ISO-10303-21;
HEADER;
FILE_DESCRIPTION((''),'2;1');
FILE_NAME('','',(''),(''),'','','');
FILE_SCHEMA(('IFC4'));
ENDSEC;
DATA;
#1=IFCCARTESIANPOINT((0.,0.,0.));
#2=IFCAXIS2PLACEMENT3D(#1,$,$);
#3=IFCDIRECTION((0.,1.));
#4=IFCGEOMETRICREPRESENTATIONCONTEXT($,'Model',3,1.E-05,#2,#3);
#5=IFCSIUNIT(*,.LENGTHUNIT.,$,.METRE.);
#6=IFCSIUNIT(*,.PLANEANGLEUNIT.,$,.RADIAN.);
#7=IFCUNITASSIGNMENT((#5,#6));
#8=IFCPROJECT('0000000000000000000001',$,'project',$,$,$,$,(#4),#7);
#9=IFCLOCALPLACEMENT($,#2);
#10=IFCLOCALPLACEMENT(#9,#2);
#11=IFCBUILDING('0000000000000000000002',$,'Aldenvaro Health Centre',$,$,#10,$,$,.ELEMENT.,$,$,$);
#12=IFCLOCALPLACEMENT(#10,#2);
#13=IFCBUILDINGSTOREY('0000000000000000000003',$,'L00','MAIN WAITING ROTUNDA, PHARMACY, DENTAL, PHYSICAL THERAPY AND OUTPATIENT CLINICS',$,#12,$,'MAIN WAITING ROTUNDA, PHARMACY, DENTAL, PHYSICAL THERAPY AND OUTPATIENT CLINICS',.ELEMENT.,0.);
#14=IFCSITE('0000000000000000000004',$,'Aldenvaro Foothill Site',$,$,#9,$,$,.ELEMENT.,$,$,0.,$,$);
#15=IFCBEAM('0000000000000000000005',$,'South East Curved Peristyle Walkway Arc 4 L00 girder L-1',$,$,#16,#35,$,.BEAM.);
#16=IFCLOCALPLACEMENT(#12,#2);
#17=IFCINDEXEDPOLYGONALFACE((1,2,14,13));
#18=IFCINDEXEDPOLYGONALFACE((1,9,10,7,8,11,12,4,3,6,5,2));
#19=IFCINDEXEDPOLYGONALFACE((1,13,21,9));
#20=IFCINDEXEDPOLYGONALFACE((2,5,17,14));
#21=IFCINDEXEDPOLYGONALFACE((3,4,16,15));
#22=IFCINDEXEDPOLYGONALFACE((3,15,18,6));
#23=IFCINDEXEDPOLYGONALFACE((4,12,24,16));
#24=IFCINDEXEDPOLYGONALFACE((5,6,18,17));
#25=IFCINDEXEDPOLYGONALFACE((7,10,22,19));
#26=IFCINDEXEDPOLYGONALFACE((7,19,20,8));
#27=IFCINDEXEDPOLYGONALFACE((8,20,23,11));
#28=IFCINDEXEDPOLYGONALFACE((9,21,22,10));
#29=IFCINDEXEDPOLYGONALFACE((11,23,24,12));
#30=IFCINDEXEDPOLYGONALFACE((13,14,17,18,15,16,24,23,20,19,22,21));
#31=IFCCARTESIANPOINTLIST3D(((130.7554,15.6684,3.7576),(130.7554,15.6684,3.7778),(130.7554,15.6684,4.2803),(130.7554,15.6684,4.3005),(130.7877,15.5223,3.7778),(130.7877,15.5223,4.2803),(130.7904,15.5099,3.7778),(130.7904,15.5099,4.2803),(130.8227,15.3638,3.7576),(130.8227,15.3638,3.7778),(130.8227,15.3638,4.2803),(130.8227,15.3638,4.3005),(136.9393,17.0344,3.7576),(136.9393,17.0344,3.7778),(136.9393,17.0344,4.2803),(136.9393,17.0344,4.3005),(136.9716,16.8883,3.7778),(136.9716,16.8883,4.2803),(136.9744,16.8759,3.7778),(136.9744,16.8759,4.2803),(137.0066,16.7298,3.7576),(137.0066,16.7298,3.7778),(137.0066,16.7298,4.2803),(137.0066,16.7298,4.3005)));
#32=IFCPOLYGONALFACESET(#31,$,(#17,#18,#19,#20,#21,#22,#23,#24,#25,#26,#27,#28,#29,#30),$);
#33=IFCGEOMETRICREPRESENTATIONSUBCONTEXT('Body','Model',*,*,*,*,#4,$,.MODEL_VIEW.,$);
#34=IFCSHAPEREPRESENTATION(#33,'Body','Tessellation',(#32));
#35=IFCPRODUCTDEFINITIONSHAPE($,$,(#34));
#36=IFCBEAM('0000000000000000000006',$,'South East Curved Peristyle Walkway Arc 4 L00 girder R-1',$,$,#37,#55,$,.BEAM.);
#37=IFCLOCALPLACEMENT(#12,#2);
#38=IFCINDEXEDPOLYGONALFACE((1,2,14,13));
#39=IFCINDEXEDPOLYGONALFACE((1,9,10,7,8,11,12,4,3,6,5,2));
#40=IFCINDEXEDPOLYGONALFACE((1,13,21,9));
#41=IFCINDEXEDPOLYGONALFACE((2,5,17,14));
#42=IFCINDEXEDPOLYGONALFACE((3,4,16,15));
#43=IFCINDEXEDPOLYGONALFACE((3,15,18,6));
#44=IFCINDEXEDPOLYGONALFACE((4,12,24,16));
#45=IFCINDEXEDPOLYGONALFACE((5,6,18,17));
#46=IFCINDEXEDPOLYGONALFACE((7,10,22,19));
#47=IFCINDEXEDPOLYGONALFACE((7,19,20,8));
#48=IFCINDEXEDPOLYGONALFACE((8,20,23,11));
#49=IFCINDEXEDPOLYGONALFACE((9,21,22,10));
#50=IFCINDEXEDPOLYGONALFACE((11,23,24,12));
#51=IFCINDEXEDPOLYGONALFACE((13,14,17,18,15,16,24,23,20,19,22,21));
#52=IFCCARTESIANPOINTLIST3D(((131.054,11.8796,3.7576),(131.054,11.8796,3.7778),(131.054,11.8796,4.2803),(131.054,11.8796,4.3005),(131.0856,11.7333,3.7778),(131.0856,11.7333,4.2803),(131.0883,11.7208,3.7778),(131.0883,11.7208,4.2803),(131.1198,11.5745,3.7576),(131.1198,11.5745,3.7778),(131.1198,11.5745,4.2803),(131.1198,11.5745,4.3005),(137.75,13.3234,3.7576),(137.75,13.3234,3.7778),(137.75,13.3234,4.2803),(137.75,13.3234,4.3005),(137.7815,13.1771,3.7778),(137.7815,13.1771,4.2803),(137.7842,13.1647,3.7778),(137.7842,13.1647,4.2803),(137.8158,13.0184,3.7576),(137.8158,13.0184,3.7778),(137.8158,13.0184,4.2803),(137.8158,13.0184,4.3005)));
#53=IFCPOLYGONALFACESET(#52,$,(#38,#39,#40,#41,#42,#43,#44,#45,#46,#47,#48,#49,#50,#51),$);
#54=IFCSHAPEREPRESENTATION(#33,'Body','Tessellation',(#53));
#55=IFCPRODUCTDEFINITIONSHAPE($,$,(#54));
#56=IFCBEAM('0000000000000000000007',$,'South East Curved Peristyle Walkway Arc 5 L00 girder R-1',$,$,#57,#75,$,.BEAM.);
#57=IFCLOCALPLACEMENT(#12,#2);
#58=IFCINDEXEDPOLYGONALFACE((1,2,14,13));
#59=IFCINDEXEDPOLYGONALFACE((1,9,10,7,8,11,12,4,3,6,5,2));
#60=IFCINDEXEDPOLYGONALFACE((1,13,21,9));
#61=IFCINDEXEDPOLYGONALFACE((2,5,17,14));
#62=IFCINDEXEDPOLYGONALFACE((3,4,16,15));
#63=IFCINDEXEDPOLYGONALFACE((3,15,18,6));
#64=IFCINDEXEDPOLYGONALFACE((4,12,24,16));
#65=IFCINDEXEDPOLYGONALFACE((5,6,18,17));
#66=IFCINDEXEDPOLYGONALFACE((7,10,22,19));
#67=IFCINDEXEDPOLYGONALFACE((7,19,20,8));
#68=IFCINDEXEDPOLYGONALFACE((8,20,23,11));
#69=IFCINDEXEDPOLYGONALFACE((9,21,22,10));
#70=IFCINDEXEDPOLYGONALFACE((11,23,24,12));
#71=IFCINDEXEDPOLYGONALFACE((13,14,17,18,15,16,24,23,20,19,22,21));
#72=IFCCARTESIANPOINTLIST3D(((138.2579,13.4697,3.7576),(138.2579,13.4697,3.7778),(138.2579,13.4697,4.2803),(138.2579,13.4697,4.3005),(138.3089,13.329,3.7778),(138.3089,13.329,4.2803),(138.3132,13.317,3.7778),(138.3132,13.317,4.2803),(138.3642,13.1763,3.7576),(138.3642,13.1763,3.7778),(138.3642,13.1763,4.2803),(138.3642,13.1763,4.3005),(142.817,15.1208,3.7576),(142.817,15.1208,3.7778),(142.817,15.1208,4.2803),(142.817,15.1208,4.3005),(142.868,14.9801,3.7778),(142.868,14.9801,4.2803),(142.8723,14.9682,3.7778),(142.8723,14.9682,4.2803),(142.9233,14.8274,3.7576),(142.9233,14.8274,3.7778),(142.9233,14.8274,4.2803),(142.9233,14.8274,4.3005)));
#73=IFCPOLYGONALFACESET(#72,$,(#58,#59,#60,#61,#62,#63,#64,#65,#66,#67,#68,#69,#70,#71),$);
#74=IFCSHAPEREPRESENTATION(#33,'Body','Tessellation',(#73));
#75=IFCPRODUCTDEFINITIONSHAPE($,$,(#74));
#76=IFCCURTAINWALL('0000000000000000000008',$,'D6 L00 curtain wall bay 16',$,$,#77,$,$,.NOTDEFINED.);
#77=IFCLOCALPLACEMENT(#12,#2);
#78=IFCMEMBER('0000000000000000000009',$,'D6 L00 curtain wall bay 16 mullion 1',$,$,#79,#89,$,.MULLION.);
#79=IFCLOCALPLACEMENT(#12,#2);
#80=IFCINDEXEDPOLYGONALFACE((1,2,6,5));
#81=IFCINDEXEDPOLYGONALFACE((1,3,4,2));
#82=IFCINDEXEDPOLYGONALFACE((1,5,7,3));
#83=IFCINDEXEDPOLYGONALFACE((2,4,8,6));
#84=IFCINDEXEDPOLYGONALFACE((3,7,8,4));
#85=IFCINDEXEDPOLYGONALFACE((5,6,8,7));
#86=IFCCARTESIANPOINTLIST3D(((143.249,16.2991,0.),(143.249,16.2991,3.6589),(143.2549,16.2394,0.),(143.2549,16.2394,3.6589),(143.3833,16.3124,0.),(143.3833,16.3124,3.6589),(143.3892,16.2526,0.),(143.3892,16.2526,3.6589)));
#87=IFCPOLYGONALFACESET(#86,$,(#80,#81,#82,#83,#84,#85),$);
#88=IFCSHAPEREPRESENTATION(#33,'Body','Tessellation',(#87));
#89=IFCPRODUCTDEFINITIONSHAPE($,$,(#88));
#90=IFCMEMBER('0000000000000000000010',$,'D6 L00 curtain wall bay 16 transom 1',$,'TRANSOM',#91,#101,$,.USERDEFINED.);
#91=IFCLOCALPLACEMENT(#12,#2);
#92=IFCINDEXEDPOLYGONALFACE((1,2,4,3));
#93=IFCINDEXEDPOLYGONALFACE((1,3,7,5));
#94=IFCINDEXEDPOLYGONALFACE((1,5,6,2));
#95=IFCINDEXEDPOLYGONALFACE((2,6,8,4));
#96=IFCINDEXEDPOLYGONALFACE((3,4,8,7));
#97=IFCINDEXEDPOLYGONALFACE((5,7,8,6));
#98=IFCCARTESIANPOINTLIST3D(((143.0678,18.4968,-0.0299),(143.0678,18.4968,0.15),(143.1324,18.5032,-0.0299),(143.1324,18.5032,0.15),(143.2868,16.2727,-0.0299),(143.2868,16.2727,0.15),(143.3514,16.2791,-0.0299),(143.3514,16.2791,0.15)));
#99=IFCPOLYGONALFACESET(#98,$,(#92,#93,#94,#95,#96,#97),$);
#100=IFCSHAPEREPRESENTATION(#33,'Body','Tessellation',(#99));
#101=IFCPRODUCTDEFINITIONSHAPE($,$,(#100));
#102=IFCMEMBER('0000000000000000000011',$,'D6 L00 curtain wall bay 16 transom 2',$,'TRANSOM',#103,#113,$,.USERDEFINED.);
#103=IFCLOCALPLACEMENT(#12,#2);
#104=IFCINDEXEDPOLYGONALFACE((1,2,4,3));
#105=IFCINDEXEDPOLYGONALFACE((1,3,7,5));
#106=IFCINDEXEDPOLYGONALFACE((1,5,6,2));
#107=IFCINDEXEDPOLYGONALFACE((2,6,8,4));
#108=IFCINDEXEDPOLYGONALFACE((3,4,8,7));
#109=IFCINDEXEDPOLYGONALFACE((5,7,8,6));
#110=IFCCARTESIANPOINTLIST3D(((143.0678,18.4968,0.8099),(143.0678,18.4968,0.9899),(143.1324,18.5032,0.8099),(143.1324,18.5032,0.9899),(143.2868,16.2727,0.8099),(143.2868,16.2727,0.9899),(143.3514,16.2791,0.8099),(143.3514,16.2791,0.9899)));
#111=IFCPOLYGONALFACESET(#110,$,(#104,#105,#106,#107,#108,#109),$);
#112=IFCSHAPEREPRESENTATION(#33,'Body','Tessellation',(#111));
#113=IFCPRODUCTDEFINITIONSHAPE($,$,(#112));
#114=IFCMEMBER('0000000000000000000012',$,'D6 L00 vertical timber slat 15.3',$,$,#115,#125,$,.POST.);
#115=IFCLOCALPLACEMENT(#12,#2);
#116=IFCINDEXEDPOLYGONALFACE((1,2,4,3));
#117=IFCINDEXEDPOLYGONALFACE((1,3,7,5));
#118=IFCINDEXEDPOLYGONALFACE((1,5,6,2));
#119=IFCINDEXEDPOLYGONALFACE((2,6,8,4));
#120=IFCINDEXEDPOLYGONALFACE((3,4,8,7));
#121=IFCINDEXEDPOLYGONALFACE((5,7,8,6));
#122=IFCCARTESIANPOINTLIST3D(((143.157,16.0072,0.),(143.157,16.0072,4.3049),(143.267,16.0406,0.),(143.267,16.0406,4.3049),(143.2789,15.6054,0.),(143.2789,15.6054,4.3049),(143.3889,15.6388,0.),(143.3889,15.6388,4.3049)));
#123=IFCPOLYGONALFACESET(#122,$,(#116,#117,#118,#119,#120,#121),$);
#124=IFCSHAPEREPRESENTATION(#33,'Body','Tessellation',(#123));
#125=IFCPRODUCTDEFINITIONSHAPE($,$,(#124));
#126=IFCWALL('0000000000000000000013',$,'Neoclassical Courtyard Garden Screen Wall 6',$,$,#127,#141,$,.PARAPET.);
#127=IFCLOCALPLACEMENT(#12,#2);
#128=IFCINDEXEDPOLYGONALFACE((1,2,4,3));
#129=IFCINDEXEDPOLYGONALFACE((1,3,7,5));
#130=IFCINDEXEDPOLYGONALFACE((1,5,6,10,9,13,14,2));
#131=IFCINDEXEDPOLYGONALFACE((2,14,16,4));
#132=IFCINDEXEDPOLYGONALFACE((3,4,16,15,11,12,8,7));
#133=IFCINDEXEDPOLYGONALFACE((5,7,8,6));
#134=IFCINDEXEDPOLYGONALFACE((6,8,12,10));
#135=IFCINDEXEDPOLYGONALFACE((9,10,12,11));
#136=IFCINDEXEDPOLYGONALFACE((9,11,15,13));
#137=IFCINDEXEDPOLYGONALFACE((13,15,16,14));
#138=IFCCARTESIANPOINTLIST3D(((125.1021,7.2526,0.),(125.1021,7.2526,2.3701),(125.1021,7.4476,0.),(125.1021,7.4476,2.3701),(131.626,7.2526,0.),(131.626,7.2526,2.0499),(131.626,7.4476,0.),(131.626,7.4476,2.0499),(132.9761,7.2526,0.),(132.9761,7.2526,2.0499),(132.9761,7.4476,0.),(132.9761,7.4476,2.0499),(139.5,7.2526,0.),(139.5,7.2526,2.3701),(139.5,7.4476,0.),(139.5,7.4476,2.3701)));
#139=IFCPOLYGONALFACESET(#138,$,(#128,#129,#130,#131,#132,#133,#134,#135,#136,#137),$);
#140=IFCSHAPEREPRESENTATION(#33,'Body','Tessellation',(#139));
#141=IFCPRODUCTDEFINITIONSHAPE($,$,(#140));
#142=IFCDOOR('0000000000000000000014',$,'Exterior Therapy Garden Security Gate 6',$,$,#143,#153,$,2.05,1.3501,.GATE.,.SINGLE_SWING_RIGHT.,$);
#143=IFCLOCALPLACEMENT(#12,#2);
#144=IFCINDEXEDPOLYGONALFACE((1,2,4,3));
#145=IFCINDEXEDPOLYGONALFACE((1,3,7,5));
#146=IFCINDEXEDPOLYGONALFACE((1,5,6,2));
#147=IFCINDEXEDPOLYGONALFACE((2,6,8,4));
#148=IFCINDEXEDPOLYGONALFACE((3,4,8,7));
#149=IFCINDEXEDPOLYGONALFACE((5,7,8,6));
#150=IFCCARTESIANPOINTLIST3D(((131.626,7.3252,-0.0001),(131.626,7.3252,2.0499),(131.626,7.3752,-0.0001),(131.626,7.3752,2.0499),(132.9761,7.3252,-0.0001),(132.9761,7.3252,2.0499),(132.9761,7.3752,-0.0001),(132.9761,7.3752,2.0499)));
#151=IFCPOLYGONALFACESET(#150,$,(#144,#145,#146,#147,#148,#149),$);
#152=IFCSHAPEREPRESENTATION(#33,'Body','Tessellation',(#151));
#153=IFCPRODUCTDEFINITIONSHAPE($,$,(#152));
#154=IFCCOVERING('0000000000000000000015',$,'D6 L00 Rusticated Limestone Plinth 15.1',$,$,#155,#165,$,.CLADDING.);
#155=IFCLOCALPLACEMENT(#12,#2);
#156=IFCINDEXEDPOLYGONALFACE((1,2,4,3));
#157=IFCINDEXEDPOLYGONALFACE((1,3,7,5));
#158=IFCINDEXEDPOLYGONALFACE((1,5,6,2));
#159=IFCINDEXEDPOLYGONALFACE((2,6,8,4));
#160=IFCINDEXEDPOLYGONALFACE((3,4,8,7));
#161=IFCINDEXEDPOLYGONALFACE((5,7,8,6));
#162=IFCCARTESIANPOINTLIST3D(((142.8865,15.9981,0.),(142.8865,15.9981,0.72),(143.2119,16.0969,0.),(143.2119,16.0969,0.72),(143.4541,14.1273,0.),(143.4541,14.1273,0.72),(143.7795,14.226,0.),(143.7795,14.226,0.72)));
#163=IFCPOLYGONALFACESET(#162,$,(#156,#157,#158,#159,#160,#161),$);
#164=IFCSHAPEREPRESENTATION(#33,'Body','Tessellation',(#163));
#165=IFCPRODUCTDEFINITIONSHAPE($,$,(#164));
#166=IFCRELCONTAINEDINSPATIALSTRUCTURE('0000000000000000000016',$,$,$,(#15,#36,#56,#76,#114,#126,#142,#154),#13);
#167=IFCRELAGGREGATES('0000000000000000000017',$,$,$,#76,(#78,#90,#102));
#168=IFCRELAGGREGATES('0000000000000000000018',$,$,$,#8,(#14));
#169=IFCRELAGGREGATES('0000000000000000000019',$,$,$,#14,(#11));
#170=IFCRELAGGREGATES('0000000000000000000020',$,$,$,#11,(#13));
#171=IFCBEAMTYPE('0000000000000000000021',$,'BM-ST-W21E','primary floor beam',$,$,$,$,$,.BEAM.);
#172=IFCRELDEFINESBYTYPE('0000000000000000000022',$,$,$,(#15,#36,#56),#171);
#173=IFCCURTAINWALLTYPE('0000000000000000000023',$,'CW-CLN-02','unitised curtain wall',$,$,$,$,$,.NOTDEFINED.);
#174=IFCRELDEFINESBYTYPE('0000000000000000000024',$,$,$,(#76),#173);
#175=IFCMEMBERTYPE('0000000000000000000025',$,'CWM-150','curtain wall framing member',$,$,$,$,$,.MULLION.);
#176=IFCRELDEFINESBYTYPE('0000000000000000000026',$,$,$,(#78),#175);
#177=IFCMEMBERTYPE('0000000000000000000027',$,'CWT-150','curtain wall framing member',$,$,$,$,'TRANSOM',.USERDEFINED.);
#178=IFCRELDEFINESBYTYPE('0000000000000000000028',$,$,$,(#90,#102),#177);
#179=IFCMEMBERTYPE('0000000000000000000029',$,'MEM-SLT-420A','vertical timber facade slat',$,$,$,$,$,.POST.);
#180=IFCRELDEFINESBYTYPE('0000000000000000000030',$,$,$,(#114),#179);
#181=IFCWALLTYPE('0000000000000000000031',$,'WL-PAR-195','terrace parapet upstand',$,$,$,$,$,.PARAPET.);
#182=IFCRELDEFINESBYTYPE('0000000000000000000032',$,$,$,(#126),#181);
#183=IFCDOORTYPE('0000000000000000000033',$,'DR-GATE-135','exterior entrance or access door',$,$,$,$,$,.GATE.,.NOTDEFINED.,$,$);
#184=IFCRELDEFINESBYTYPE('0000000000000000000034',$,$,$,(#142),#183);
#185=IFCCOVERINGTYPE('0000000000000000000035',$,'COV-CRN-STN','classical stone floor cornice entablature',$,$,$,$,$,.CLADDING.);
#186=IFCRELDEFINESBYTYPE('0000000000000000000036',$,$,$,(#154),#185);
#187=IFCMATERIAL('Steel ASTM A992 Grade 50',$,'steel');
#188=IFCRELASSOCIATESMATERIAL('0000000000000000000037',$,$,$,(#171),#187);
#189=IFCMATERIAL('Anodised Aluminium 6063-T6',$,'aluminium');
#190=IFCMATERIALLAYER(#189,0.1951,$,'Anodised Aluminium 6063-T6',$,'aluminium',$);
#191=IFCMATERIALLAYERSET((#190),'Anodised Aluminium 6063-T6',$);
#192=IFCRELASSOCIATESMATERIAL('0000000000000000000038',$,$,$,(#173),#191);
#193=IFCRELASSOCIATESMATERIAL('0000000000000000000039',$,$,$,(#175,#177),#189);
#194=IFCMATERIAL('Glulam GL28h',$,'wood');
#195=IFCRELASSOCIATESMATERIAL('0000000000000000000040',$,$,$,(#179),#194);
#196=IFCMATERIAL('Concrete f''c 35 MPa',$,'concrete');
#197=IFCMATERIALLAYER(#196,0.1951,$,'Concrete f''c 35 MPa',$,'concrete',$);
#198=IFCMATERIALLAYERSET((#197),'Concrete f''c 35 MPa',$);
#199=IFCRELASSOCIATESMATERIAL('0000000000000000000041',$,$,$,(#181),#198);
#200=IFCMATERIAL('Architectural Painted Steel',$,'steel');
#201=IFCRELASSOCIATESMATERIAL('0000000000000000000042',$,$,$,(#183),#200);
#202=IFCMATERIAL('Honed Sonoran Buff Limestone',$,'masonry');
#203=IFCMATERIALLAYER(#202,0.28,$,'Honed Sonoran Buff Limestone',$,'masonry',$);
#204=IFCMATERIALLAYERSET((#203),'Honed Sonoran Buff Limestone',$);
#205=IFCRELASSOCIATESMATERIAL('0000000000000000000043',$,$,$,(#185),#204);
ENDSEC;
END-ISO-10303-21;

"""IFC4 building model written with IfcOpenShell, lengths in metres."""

from ifc_helpers import new_model, si_unit, direction, frame, frame_2d, origin, origin_2d, place, context, subcontext, project, spatial, rectangle, i_section, extrude, material, layer, layer_set, material_profile, profile_set, type_object, element, fill, aggregate, save


model = new_model("IFC4")

# Units and contexts
model_context = context("Model", 3, precision=1e-05, world=origin(), true_north=direction((0.0, 1.0)))
body_context = subcontext(model_context, "Body", "Model", "MODEL_VIEW")
ifc_project = project(units=[si_unit("LENGTHUNIT", "METRE"), si_unit("PLANEANGLEUNIT", "RADIAN")], contexts=[model_context])

# Site, building, storey
site_placement = place(None, origin())
site = spatial("IfcSite", under=ifc_project, at=site_placement, Name="Aldenvaro Foothill Site", CompositionType="ELEMENT", RefElevation=0.0)
building_placement = place(site_placement, origin())
building = spatial("IfcBuilding", under=site, at=building_placement, Name="Aldenvaro Health Centre", CompositionType="ELEMENT")
storey_placement = place(building_placement, origin())
storey = spatial("IfcBuildingStorey", under=building, at=storey_placement, Name="L00", Description="MAIN WAITING ROTUNDA, PHARMACY, DENTAL, PHYSICAL THERAPY AND OUTPATIENT CLINICS", LongName="MAIN WAITING ROTUNDA, PHARMACY, DENTAL, PHYSICAL THERAPY AND OUTPATIENT CLINICS", CompositionType="ELEMENT", Elevation=0.0)

# Beams
ifc_material_1 = material(Name="Steel ASTM A992 Grade 50", Category="steel")
ifc_material_profile_1 = material_profile(ifc_material_1, i_section(OverallWidth=0.312, OverallDepth=0.543, WebThickness=0.0127, FlangeThickness=0.0203, at=origin_2d()), Name="W21X101", Category="steel")
ifc_profile_set_1 = profile_set([ifc_material_profile_1], Name="Steel ASTM A992 Grade 50")
beam_type_1 = type_object("IfcBeamType", Name="BM-ST-W21E", Description="primary floor beam", PredefinedType="BEAM", material=ifc_profile_set_1)
beam_1_placement = place(storey_placement, frame((130.7891, 15.5161, 4.0291), z_axis=(0.976461, 0.215693, 0.0), x_axis=(-0.215693, 0.976461, 0.0)))
element("IfcBeam", 1, at=beam_1_placement, inside=storey, type_object=beam_type_1, Name="South East Curved Peristyle Walkway Arc 4 L00 girder L-1", PredefinedType="BEAM", context=body_context, shape_type="SweptSolid", body=[
    extrude(i_section(OverallWidth=0.312, OverallDepth=0.543, WebThickness=0.0127, FlangeThickness=0.0203, at=origin_2d()), origin(), (0.0, 0.0, 1.0), 6.333),
])
beam_2_placement = place(storey_placement, frame((131.0869, 11.7271, 4.0291), z_axis=(0.977533, 0.210782, 0.0), x_axis=(-0.210782, 0.977533, 0.0)))
element("IfcBeam", 2, at=beam_2_placement, inside=storey, type_object=beam_type_1, Name="South East Curved Peristyle Walkway Arc 4 L00 girder R-1", PredefinedType="BEAM", context=body_context, shape_type="SweptSolid", body=[
    extrude(i_section(OverallWidth=0.312, OverallDepth=0.543, WebThickness=0.0127, FlangeThickness=0.0203, at=origin_2d()), origin(), (0.0, 0.0, 1.0), 6.8499),
])
beam_3_placement = place(storey_placement, frame((138.311, 13.323, 4.0291), z_axis=(0.940238, 0.340518, 0.0), x_axis=(-0.340518, 0.940238, 0.0)))
element("IfcBeam", 3, at=beam_3_placement, inside=storey, type_object=beam_type_1, Name="South East Curved Peristyle Walkway Arc 5 L00 girder R-1", PredefinedType="BEAM", context=body_context, shape_type="SweptSolid", body=[
    extrude(i_section(OverallWidth=0.312, OverallDepth=0.543, WebThickness=0.0127, FlangeThickness=0.0203, at=origin_2d()), origin(), (0.0, 0.0, 1.0), 4.8489),
])

# Curtain wall, members
ifc_material_2 = material(Name="Anodised Aluminium 6063-T6", Category="aluminium")
ifc_layer_1 = layer(ifc_material_2, 0.1951, Name="Anodised Aluminium 6063-T6", Category="aluminium")
ifc_layer_set_1 = layer_set([ifc_layer_1], Name="Anodised Aluminium 6063-T6")
curtain_wall_type = type_object("IfcCurtainWallType", Name="CW-CLN-02", Description="unitised curtain wall", PredefinedType="NOTDEFINED", material=ifc_layer_set_1)
curtain_wall_placement = place(storey_placement, origin())
curtain_wall = element("IfcCurtainWall", 4, at=curtain_wall_placement, inside=storey, type_object=curtain_wall_type, Name="D6 L00 curtain wall bay 16", PredefinedType="NOTDEFINED")
ifc_material_profile_2 = material_profile(ifc_material_2, rectangle(XDim=0.0601, YDim=0.135, at=origin_2d()), Name="ALU 60x135", Category="aluminium")
ifc_profile_set_2 = profile_set([ifc_material_profile_2], Name="Anodised Aluminium 6063-T6")
member_type_1 = type_object("IfcMemberType", Name="CWM-150", Description="curtain wall framing member", PredefinedType="MULLION", material=ifc_profile_set_2)
member_1_placement = place(storey_placement, frame((143.3191, 16.2759, 0.0), z_axis=(0.0, 0.0, 1.0), x_axis=(-0.097997, 0.995187, 0.0)))
member_1 = element("IfcMember", 5, at=member_1_placement, type_object=member_type_1, Name="D6 L00 curtain wall bay 16 mullion 1", PredefinedType="MULLION", context=body_context, shape_type="SweptSolid", body=[
    extrude(rectangle(XDim=0.0601, YDim=0.135, at=origin_2d()), origin(), (0.0, 0.0, 1.0), 3.6589),
])
ifc_material_profile_3 = material_profile(ifc_material_2, rectangle(XDim=0.0649, YDim=0.1799, at=origin_2d()), Name="ALU 65x180", Category="aluminium")
ifc_profile_set_3 = profile_set([ifc_material_profile_3], Name="Anodised Aluminium 6063-T6")
member_type_2 = type_object("IfcMemberType", Name="CWT-150", Description="curtain wall framing member", ElementType="TRANSOM", PredefinedType="USERDEFINED", material=ifc_profile_set_3)
member_2_placement = place(storey_placement, frame((143.3191, 16.2759, 0.0601), z_axis=(-0.097989, 0.995187, 0.0), x_axis=(-0.995187, -0.097989, 0.0)))
member_2 = element("IfcMember", 6, at=member_2_placement, type_object=member_type_2, Name="D6 L00 curtain wall bay 16 transom 1", ObjectType="TRANSOM", PredefinedType="USERDEFINED", context=body_context, shape_type="SweptSolid", body=[
    extrude(rectangle(XDim=0.0649, YDim=0.1799, at=origin_2d()), origin(), (0.0, 0.0, 1.0), 2.2349),
])
member_3_placement = place(storey_placement, frame((143.3191, 16.2759, 0.8999), z_axis=(-0.097989, 0.995187, 0.0), x_axis=(-0.995187, -0.097989, 0.0)))
member_3 = element("IfcMember", 7, at=member_3_placement, type_object=member_type_2, Name="D6 L00 curtain wall bay 16 transom 2", ObjectType="TRANSOM", PredefinedType="USERDEFINED", context=body_context, shape_type="SweptSolid", body=[
    extrude(rectangle(XDim=0.0649, YDim=0.1799, at=origin_2d()), origin(), (0.0, 0.0, 1.0), 2.2349),
])
aggregate(curtain_wall, [member_1, member_2, member_3])

# Member
ifc_material_3 = material(Name="Glulam GL28h", Category="wood")
ifc_material_profile_4 = material_profile(ifc_material_3, rectangle(XDim=0.115, YDim=0.4199, at=origin_2d()), Name="GL 115x420", Category="wood")
ifc_profile_set_4 = profile_set([ifc_material_profile_4], Name="Glulam GL28h")
member_type_3 = type_object("IfcMemberType", Name="MEM-SLT-420A", Description="vertical timber facade slat", PredefinedType="POST", material=ifc_profile_set_4)
member_4_placement = place(storey_placement, frame((143.2729, 15.823, 0.0), z_axis=(0.0, 0.0, 1.0), x_axis=(-0.956923, -0.290343, 0.0)))
element("IfcMember", 8, at=member_4_placement, inside=storey, type_object=member_type_3, Name="D6 L00 vertical timber slat 15.3", PredefinedType="POST", context=body_context, shape_type="SweptSolid", body=[
    extrude(rectangle(XDim=0.115, YDim=0.4199, at=origin_2d()), origin(), (0.0, 0.0, 1.0), 4.3049),
])

# Wall, opening, door
ifc_material_4 = material(Name="Concrete f'c 35 MPa", Category="concrete")
ifc_layer_2 = layer(ifc_material_4, 0.1951, Name="Concrete f'c 35 MPa", Category="concrete")
ifc_layer_set_2 = layer_set([ifc_layer_2], Name="Concrete f'c 35 MPa")
wall_type = type_object("IfcWallType", Name="WL-PAR-195", Description="terrace parapet upstand", PredefinedType="PARAPET", material=ifc_layer_set_2)
wall_placement = place(storey_placement, frame((139.5, 7.3501, 0.0), z_axis=(0.0, 0.0, 1.0), x_axis=(-1.0, 0.0, 0.0)))
wall = element("IfcWall", 9, at=wall_placement, inside=storey, type_object=wall_type, Name="Neoclassical Courtyard Garden Screen Wall 6", PredefinedType="PARAPET", context=body_context, shape_type="SweptSolid", body=[
    extrude(rectangle(XDim=14.3979, YDim=0.1951, at=frame_2d((7.199, 0.0))), origin(), (0.0, 0.0, 1.0), 2.3701),
])
opening_placement = place(wall_placement, frame((6.5239, 0.0, 0.0)))
opening = element("IfcOpeningElement", 10, at=opening_placement, cuts=wall, PredefinedType="OPENING", context=body_context, shape_type="SweptSolid", body=[
    extrude(rectangle(XDim=1.3501, YDim=2.05, at=frame_2d((0.675, 1.0249))), frame((0.0, 0.1074, 0.0), z_axis=(0.0, -1.0, 0.0), x_axis=(1.0, 0.0, 0.0)), (0.0, 0.0, 1.0), 0.2151),
])
ifc_material_5 = material(Name="Architectural Painted Steel", Category="steel")
door_type = type_object("IfcDoorType", Name="DR-GATE-135", Description="exterior entrance or access door", OperationType="NOTDEFINED", PredefinedType="GATE", material=ifc_material_5)
door_placement = place(opening_placement, origin())
door = element("IfcDoor", 11, at=door_placement, inside=storey, type_object=door_type, Name="Exterior Therapy Garden Security Gate 6", OperationType="SINGLE_SWING_RIGHT", OverallHeight=2.05, OverallWidth=1.3501, PredefinedType="GATE", context=body_context, shape_type="SweptSolid", body=[
    extrude(rectangle(XDim=1.3501, YDim=2.05, at=frame_2d((0.675, 1.0249))), frame((0.0, 0.0249, 0.0), z_axis=(0.0, -1.0, 0.0), x_axis=(1.0, 0.0, 0.0)), (0.0, 0.0, 1.0), 0.05),
])
fill(opening, door)

# Covering
ifc_material_6 = material(Name="Honed Sonoran Buff Limestone", Category="masonry")
ifc_layer_3 = layer(ifc_material_6, 0.28, Name="Honed Sonoran Buff Limestone", Category="masonry")
ifc_layer_set_3 = layer_set([ifc_layer_3], Name="Honed Sonoran Buff Limestone")
covering_type = type_object("IfcCoveringType", Name="COV-CRN-STN", Description="classical stone floor cornice entablature", PredefinedType="CLADDING", material=ifc_layer_set_3)
covering_1_placement = place(storey_placement, frame((143.333, 15.1121, 0.0), z_axis=(0.0, 0.0, 1.0), x_axis=(-0.290343, 0.956923, 0.0)))
element("IfcCovering", 12, at=covering_1_placement, inside=storey, type_object=covering_type, Name="D6 L00 Rusticated Limestone Plinth 15.1", PredefinedType="CLADDING", context=body_context, shape_type="SweptSolid", body=[
    extrude(rectangle(XDim=1.9551, YDim=0.3401, at=origin_2d()), origin(), (0.0, 0.0, 1.0), 0.72),
])

save(model, "model.ifc")
